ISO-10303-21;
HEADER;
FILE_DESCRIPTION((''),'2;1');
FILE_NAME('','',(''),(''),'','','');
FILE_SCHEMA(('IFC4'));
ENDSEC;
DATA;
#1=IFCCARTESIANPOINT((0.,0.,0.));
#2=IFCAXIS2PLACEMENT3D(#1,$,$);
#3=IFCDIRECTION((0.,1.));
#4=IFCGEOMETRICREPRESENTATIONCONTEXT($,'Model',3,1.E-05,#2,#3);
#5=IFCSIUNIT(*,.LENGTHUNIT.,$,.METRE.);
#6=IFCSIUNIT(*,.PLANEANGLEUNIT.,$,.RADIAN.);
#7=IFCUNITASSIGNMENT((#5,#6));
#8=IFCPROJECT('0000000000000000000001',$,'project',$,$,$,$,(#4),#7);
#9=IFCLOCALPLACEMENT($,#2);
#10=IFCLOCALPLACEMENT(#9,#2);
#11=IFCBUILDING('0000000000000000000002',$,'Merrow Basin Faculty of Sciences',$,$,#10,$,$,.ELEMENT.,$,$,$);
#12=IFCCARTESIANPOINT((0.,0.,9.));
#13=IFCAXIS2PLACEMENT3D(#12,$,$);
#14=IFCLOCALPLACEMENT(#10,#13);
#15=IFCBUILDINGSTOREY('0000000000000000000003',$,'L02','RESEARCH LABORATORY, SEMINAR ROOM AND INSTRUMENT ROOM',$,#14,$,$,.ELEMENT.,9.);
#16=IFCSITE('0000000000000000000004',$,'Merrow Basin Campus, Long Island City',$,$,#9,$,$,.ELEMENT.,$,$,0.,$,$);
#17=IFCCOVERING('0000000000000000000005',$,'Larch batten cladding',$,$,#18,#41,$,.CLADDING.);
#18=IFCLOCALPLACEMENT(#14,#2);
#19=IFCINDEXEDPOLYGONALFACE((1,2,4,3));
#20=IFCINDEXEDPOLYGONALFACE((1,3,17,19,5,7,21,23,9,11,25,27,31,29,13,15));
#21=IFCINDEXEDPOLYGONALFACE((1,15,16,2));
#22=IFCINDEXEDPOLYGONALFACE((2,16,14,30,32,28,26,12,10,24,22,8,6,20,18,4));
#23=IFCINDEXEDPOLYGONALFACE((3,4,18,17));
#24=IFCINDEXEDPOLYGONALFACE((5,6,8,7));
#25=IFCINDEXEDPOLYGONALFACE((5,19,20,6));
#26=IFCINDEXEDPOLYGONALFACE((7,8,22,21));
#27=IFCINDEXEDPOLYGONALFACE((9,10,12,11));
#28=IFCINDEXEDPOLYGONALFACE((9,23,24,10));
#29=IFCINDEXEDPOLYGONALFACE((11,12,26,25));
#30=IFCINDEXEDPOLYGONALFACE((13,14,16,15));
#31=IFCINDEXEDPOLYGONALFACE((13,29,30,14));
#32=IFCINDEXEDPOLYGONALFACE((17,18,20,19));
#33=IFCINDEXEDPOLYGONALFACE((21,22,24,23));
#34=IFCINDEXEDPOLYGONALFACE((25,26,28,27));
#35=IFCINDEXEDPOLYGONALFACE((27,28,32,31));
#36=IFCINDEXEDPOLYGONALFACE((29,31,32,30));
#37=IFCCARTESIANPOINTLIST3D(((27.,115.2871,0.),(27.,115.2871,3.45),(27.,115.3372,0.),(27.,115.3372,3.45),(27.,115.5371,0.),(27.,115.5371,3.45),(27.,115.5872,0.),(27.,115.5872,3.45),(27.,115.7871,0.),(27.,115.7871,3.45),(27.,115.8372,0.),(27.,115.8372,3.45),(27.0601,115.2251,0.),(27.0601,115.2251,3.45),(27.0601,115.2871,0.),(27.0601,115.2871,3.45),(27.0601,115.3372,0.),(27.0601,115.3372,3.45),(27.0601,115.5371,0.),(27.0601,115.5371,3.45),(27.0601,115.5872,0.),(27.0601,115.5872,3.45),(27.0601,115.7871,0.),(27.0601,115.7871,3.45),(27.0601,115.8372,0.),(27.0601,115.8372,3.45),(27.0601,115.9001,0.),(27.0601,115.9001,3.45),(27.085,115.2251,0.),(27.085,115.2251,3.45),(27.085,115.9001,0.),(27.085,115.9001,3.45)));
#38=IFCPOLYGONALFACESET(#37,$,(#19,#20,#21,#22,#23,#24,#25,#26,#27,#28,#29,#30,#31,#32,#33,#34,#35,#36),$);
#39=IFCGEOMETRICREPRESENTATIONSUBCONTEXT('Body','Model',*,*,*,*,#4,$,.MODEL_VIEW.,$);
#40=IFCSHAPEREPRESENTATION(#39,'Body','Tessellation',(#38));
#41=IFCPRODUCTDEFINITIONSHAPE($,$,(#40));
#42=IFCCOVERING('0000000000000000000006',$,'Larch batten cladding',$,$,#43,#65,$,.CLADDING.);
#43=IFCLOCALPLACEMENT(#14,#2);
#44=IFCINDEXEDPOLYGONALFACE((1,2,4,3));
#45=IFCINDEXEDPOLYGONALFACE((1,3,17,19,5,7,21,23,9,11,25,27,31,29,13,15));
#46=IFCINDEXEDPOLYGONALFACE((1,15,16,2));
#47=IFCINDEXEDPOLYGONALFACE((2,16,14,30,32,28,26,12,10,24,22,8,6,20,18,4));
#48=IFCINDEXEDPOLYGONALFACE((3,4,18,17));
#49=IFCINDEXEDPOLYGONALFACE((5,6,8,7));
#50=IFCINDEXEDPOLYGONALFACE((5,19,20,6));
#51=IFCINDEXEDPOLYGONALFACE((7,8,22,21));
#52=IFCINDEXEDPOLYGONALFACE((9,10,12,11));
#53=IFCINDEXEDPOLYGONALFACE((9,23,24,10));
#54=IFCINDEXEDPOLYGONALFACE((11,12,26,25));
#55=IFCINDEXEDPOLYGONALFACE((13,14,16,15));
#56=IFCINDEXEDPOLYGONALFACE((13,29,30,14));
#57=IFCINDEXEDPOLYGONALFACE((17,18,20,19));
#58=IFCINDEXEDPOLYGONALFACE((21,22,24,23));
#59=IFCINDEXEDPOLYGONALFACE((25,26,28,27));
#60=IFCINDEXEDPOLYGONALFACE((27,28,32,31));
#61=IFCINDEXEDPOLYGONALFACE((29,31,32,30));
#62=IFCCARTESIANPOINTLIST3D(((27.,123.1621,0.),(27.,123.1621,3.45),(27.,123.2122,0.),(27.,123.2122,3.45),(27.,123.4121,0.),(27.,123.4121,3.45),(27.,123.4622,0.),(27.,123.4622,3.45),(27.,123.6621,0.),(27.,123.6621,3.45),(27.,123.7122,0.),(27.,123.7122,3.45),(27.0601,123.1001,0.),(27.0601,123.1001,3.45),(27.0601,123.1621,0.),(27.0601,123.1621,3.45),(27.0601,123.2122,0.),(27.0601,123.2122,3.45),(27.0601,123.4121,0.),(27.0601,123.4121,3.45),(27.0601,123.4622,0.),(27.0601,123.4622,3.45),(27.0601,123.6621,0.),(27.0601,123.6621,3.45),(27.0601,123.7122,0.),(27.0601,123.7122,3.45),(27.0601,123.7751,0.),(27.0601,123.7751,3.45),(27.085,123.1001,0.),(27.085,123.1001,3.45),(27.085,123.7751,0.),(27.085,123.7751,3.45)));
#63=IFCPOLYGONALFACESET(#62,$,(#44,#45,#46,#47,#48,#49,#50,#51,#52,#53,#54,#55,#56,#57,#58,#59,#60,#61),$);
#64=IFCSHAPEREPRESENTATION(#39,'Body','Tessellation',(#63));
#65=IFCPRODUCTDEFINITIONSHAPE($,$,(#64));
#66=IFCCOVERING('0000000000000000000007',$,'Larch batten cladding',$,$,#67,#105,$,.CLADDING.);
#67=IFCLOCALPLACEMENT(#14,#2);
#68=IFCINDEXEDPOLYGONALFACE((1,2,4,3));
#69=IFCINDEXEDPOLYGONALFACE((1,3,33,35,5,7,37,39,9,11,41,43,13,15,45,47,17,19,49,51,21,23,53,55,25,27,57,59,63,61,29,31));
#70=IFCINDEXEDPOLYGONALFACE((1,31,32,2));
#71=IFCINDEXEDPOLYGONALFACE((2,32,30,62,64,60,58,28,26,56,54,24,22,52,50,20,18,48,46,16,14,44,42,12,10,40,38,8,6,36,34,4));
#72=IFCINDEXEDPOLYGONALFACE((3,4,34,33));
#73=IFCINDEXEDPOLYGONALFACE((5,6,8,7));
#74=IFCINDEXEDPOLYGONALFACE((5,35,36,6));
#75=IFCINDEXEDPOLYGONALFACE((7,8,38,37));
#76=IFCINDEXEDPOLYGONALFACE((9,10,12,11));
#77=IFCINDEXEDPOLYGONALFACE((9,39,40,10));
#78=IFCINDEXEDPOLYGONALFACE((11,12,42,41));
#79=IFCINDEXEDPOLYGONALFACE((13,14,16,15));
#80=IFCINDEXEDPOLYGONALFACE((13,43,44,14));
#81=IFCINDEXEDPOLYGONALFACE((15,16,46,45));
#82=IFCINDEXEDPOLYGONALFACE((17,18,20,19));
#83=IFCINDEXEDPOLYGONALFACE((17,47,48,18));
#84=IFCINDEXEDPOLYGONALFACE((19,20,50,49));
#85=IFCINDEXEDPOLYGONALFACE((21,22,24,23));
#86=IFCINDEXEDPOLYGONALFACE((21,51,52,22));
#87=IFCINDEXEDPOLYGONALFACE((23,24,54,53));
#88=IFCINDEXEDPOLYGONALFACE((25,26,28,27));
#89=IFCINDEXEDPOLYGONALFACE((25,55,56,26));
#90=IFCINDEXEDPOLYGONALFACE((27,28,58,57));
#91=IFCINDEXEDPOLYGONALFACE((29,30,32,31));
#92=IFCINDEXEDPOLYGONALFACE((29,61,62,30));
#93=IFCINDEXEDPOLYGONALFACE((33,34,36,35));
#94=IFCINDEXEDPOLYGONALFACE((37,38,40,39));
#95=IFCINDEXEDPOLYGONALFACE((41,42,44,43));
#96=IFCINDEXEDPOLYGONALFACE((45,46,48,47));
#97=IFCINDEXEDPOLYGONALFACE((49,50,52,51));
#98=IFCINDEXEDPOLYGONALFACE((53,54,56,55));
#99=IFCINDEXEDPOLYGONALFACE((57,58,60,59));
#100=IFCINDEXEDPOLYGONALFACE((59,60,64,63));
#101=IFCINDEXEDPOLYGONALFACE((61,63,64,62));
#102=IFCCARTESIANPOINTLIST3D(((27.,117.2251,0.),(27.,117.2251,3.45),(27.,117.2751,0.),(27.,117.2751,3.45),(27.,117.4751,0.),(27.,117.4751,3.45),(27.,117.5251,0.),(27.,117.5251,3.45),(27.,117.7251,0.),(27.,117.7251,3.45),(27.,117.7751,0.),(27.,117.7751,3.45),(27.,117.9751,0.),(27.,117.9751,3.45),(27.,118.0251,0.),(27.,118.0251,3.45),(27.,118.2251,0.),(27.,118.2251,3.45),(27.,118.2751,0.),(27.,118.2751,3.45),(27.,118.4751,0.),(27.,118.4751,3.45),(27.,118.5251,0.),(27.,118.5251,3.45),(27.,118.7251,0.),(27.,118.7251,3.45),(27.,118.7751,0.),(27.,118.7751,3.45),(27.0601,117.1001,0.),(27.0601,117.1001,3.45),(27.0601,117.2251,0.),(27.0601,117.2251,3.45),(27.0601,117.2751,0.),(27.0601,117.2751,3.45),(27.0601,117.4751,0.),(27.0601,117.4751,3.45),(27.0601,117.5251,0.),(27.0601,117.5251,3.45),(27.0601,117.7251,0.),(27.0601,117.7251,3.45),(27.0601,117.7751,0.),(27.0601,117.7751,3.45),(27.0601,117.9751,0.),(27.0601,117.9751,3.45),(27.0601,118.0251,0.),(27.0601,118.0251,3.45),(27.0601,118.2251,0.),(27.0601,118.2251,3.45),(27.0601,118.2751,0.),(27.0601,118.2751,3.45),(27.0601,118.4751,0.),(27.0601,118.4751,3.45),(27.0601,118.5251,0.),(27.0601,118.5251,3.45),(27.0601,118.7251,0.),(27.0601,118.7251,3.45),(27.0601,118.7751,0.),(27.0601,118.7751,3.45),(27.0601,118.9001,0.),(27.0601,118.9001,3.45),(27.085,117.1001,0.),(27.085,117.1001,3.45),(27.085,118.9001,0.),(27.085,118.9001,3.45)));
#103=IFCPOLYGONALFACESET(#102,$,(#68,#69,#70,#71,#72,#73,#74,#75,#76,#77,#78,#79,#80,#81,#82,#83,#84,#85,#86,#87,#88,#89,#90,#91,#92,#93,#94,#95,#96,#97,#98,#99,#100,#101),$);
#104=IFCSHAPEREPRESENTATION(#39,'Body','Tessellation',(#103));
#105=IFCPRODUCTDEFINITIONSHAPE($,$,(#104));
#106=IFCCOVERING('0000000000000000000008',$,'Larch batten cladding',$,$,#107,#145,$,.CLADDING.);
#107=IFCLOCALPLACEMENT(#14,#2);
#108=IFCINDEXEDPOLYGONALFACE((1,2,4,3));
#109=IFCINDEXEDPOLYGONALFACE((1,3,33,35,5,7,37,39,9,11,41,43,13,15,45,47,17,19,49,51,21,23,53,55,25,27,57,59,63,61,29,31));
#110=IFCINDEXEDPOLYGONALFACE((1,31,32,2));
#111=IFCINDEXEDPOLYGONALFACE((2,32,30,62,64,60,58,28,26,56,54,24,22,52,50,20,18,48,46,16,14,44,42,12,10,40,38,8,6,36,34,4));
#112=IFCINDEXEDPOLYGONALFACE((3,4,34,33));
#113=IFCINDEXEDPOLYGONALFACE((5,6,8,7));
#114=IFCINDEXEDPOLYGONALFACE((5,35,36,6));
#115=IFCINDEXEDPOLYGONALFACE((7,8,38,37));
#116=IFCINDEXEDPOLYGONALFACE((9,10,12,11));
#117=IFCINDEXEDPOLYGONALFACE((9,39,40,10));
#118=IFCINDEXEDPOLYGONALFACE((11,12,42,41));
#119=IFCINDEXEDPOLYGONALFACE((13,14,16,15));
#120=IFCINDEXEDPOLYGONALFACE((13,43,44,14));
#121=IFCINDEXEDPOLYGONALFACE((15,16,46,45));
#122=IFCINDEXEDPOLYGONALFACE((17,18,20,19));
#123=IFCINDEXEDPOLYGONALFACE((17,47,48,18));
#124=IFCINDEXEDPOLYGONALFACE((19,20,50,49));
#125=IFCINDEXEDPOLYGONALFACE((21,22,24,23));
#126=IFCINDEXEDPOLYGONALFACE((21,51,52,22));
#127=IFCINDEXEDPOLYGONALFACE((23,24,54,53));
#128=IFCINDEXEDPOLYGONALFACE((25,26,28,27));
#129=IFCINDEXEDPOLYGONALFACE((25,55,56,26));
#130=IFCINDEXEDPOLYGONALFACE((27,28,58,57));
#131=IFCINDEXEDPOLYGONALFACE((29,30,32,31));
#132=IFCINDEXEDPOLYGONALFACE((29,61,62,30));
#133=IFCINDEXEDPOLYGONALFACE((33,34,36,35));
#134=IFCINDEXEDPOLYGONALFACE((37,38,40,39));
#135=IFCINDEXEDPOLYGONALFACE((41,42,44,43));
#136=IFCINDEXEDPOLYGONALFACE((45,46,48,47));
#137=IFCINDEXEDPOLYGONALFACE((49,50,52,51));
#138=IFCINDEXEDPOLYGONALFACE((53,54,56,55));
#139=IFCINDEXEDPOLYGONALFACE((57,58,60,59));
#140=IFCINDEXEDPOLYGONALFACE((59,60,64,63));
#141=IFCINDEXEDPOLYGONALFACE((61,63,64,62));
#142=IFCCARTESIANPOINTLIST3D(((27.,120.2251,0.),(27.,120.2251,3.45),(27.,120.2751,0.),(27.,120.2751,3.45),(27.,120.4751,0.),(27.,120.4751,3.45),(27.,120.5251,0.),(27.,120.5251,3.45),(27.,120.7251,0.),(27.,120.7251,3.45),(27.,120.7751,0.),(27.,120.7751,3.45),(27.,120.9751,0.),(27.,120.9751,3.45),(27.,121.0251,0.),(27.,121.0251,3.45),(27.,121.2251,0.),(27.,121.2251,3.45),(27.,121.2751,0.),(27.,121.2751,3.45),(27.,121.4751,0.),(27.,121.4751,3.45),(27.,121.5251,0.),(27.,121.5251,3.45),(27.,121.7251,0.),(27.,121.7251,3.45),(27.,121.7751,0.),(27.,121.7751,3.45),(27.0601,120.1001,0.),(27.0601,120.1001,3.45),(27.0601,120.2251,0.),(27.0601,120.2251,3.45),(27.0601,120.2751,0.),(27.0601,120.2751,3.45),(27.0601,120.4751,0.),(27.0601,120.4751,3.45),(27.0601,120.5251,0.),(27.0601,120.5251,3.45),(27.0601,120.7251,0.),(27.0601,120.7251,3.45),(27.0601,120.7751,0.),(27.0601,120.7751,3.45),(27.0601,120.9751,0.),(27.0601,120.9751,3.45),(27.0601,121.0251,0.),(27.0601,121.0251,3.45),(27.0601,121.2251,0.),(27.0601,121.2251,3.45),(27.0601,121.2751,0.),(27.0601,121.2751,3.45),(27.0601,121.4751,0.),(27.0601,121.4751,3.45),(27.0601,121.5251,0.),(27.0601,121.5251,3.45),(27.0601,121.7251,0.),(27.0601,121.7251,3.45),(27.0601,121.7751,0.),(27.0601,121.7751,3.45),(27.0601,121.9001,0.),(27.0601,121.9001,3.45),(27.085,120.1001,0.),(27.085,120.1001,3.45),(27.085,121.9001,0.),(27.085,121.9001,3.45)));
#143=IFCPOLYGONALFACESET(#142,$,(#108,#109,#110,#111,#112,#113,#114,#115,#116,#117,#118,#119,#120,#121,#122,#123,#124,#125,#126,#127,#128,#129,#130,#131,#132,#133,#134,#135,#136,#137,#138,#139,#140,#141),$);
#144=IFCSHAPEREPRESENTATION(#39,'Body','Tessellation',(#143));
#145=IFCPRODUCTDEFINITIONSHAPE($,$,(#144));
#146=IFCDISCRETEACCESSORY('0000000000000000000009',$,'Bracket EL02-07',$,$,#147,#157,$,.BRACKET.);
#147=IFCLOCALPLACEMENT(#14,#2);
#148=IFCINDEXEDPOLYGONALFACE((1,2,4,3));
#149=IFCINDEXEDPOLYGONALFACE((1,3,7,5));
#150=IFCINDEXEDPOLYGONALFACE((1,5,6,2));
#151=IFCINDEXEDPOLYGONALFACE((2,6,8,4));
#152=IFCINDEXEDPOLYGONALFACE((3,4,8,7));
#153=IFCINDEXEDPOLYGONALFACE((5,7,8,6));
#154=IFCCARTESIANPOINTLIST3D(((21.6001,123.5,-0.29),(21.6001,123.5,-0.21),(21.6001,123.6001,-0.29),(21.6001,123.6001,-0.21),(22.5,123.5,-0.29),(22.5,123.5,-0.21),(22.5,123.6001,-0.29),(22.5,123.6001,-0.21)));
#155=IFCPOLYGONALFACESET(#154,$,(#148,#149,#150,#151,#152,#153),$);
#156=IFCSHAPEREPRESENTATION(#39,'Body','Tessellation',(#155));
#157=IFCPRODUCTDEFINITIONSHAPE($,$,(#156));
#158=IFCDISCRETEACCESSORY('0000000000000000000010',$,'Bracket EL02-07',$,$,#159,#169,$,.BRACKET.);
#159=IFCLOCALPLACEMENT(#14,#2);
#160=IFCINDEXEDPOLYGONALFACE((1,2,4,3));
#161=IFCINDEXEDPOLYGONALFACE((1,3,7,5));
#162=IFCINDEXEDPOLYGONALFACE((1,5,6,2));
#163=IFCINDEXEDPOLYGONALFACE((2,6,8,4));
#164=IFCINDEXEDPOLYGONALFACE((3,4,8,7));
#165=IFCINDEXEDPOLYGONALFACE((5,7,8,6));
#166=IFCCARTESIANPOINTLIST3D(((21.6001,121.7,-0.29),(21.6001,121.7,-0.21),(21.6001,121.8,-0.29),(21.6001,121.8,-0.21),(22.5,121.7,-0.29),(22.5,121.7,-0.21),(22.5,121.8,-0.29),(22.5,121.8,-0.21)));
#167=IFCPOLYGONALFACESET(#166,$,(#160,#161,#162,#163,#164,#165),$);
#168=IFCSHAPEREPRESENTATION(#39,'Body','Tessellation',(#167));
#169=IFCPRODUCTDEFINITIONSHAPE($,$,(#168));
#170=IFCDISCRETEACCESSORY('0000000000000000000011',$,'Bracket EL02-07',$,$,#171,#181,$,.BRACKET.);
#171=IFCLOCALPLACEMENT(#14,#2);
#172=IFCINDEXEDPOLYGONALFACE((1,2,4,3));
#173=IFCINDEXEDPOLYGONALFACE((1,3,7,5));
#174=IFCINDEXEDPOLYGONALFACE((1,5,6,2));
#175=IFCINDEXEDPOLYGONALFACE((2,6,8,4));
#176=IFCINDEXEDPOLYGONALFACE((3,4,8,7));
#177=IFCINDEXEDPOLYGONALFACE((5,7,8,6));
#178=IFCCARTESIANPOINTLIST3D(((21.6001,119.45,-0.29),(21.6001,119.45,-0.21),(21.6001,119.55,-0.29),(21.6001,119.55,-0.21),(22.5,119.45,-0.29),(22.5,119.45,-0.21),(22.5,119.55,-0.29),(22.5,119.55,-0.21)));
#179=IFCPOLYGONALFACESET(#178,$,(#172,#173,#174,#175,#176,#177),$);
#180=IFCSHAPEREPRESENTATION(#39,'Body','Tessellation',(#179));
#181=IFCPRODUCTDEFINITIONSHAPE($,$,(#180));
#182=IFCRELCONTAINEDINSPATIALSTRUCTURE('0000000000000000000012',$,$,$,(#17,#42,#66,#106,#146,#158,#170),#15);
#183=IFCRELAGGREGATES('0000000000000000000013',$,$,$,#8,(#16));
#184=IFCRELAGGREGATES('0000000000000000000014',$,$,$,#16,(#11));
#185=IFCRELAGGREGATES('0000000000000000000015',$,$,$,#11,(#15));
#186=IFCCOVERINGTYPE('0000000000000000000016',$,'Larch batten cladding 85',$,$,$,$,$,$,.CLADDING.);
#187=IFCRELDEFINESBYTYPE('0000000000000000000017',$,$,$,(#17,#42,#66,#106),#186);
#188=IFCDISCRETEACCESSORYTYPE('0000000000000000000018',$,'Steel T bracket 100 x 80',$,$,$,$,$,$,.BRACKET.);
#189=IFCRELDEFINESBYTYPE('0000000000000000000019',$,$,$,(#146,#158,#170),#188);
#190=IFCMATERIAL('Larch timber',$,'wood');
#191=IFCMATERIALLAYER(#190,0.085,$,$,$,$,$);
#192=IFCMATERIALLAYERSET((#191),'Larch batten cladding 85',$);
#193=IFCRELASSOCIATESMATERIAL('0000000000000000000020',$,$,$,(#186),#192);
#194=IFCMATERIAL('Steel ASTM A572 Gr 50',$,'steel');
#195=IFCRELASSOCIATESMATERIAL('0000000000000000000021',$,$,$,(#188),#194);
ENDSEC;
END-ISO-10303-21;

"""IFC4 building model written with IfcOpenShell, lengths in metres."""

from ifc_helpers import new_model, si_unit, direction, frame, origin, place, context, subcontext, project, spatial, polyline, outline, extrude, source, transform, mapped, material, layer, layer_set, type_object, element, save


model = new_model("IFC4")

# Units and contexts
model_context = context("Model", 3, precision=1e-05, world=origin(), true_north=direction((0.0, 1.0)))
body_context = subcontext(model_context, "Body", "Model", "MODEL_VIEW")
ifc_project = project(units=[si_unit("LENGTHUNIT", "METRE"), si_unit("PLANEANGLEUNIT", "RADIAN")], contexts=[model_context])

# Site, building, storey
site_placement = place(None, origin())
site = spatial("IfcSite", under=ifc_project, at=site_placement, Name="Merrow Basin Campus, Long Island City", CompositionType="ELEMENT", RefElevation=0.0)
building_placement = place(site_placement, origin())
building = spatial("IfcBuilding", under=site, at=building_placement, Name="Merrow Basin Faculty of Sciences", CompositionType="ELEMENT")
storey_placement = place(building_placement, frame((0.0, 0.0, 9.0)))
storey = spatial("IfcBuildingStorey", under=building, at=storey_placement, Name="L02", Description="RESEARCH LABORATORY, SEMINAR ROOM AND INSTRUMENT ROOM", CompositionType="ELEMENT", Elevation=9.0)

# Coverings
ifc_material_1 = material(Name="Larch timber", Category="wood")
ifc_layer_1 = layer(ifc_material_1, 0.085)
ifc_layer_set_1 = layer_set([ifc_layer_1], Name="Larch batten cladding 85")
covering_type_1 = type_object("IfcCoveringType", Name="Larch batten cladding 85", PredefinedType="CLADDING", material=ifc_layer_set_1)
shared_shape_1 = source(origin(), body_context, "Body", "SweptSolid", [
    extrude(outline(polyline([(0.0, 0.0), (0.675, 0.0), (0.675, 0.0249), (0.6121, 0.0249), (0.6121, 0.085), (0.562, 0.085), (0.562, 0.0249), (0.3621, 0.0249), (0.3621, 0.085), (0.312, 0.085), (0.312, 0.0249), (0.1121, 0.0249), (0.1121, 0.085), (0.062, 0.085), (0.062, 0.0249), (0.0, 0.0249), (0.0, 0.0)])), origin(), (0.0, 0.0, 1.0), 3.45),
])
for number, where, z_axis, x_axis, name in (
    (1, (27.085, 115.2251, 0.0), (0.0, 0.0, 1.0), (0.0, 1.0, 0.0), "Larch batten cladding"),
    (2, (27.085, 123.1001, 0.0), (0.0, 0.0, 1.0), (0.0, 1.0, 0.0), "Larch batten cladding"),
):
    element("IfcCovering", number, at=place(storey_placement, frame(where, z_axis=z_axis, x_axis=x_axis)), inside=storey, type_object=covering_type_1, Name=name, PredefinedType="CLADDING", context=body_context, shape_type="MappedRepresentation", body=[
        mapped(shared_shape_1, transform((0.0, 0.0, 0.0), scale=1.0)),
    ])
shared_shape_2 = source(origin(), body_context, "Body", "SweptSolid", [
    extrude(outline(polyline([(0.0, 0.0), (1.8, 0.0), (1.8, 0.0249), (1.675, 0.0249), (1.675, 0.085), (1.625, 0.085), (1.625, 0.0249), (1.425, 0.0249), (1.425, 0.085), (1.375, 0.085), (1.375, 0.0249), (1.175, 0.0249), (1.175, 0.085), (1.125, 0.085), (1.125, 0.0249), (0.925, 0.0249), (0.925, 0.085), (0.875, 0.085), (0.875, 0.0249), (0.675, 0.0249), (0.675, 0.085), (0.625, 0.085), (0.625, 0.0249), (0.425, 0.0249), (0.425, 0.085), (0.375, 0.085), (0.375, 0.0249), (0.175, 0.0249), (0.175, 0.085), (0.125, 0.085), (0.125, 0.0249), (0.0, 0.0249), (0.0, 0.0)])), origin(), (0.0, 0.0, 1.0), 3.45),
])
for number, where, z_axis, x_axis, name in (
    (3, (27.085, 117.1001, 0.0), (0.0, 0.0, 1.0), (0.0, 1.0, 0.0), "Larch batten cladding"),
    (4, (27.085, 120.1001, 0.0), (0.0, 0.0, 1.0), (0.0, 1.0, 0.0), "Larch batten cladding"),
):
    element("IfcCovering", number, at=place(storey_placement, frame(where, z_axis=z_axis, x_axis=x_axis)), inside=storey, type_object=covering_type_1, Name=name, PredefinedType="CLADDING", context=body_context, shape_type="MappedRepresentation", body=[
        mapped(shared_shape_2, transform((0.0, 0.0, 0.0), scale=1.0)),
    ])

# Discrete accessories
ifc_material_2 = material(Name="Steel ASTM A572 Gr 50", Category="steel")
discrete_accessory_type = type_object("IfcDiscreteAccessoryType", Name="Steel T bracket 100 x 80", PredefinedType="BRACKET", material=ifc_material_2)
shared_shape_3 = source(origin(), body_context, "Body", "SweptSolid", [
    extrude(outline(polyline([(0.0, 0.0), (0.1001, 0.0), (0.1001, 0.0801), (0.0, 0.0801), (0.0, 0.0)])), origin(), (0.0, 0.0, 1.0), 0.8999),
])
for number, where, z_axis, x_axis, name in (
    (5, (22.5, 123.6001, -0.29), (-1.0, 0.0, 0.0), (0.0, -1.0, 0.0), "Bracket EL02-07"),
    (6, (22.5, 121.8, -0.29), (-1.0, 0.0, 0.0), (0.0, -1.0, 0.0), "Bracket EL02-07"),
    (7, (22.5, 119.55, -0.29), (-1.0, 0.0, 0.0), (0.0, -1.0, 0.0), "Bracket EL02-07"),
):
    element("IfcDiscreteAccessory", number, at=place(storey_placement, frame(where, z_axis=z_axis, x_axis=x_axis)), inside=storey, type_object=discrete_accessory_type, Name=name, PredefinedType="BRACKET", context=body_context, shape_type="MappedRepresentation", body=[
        mapped(shared_shape_3, transform((0.0, 0.0, 0.0), scale=1.0)),
    ])

save(model, "model.ifc")
